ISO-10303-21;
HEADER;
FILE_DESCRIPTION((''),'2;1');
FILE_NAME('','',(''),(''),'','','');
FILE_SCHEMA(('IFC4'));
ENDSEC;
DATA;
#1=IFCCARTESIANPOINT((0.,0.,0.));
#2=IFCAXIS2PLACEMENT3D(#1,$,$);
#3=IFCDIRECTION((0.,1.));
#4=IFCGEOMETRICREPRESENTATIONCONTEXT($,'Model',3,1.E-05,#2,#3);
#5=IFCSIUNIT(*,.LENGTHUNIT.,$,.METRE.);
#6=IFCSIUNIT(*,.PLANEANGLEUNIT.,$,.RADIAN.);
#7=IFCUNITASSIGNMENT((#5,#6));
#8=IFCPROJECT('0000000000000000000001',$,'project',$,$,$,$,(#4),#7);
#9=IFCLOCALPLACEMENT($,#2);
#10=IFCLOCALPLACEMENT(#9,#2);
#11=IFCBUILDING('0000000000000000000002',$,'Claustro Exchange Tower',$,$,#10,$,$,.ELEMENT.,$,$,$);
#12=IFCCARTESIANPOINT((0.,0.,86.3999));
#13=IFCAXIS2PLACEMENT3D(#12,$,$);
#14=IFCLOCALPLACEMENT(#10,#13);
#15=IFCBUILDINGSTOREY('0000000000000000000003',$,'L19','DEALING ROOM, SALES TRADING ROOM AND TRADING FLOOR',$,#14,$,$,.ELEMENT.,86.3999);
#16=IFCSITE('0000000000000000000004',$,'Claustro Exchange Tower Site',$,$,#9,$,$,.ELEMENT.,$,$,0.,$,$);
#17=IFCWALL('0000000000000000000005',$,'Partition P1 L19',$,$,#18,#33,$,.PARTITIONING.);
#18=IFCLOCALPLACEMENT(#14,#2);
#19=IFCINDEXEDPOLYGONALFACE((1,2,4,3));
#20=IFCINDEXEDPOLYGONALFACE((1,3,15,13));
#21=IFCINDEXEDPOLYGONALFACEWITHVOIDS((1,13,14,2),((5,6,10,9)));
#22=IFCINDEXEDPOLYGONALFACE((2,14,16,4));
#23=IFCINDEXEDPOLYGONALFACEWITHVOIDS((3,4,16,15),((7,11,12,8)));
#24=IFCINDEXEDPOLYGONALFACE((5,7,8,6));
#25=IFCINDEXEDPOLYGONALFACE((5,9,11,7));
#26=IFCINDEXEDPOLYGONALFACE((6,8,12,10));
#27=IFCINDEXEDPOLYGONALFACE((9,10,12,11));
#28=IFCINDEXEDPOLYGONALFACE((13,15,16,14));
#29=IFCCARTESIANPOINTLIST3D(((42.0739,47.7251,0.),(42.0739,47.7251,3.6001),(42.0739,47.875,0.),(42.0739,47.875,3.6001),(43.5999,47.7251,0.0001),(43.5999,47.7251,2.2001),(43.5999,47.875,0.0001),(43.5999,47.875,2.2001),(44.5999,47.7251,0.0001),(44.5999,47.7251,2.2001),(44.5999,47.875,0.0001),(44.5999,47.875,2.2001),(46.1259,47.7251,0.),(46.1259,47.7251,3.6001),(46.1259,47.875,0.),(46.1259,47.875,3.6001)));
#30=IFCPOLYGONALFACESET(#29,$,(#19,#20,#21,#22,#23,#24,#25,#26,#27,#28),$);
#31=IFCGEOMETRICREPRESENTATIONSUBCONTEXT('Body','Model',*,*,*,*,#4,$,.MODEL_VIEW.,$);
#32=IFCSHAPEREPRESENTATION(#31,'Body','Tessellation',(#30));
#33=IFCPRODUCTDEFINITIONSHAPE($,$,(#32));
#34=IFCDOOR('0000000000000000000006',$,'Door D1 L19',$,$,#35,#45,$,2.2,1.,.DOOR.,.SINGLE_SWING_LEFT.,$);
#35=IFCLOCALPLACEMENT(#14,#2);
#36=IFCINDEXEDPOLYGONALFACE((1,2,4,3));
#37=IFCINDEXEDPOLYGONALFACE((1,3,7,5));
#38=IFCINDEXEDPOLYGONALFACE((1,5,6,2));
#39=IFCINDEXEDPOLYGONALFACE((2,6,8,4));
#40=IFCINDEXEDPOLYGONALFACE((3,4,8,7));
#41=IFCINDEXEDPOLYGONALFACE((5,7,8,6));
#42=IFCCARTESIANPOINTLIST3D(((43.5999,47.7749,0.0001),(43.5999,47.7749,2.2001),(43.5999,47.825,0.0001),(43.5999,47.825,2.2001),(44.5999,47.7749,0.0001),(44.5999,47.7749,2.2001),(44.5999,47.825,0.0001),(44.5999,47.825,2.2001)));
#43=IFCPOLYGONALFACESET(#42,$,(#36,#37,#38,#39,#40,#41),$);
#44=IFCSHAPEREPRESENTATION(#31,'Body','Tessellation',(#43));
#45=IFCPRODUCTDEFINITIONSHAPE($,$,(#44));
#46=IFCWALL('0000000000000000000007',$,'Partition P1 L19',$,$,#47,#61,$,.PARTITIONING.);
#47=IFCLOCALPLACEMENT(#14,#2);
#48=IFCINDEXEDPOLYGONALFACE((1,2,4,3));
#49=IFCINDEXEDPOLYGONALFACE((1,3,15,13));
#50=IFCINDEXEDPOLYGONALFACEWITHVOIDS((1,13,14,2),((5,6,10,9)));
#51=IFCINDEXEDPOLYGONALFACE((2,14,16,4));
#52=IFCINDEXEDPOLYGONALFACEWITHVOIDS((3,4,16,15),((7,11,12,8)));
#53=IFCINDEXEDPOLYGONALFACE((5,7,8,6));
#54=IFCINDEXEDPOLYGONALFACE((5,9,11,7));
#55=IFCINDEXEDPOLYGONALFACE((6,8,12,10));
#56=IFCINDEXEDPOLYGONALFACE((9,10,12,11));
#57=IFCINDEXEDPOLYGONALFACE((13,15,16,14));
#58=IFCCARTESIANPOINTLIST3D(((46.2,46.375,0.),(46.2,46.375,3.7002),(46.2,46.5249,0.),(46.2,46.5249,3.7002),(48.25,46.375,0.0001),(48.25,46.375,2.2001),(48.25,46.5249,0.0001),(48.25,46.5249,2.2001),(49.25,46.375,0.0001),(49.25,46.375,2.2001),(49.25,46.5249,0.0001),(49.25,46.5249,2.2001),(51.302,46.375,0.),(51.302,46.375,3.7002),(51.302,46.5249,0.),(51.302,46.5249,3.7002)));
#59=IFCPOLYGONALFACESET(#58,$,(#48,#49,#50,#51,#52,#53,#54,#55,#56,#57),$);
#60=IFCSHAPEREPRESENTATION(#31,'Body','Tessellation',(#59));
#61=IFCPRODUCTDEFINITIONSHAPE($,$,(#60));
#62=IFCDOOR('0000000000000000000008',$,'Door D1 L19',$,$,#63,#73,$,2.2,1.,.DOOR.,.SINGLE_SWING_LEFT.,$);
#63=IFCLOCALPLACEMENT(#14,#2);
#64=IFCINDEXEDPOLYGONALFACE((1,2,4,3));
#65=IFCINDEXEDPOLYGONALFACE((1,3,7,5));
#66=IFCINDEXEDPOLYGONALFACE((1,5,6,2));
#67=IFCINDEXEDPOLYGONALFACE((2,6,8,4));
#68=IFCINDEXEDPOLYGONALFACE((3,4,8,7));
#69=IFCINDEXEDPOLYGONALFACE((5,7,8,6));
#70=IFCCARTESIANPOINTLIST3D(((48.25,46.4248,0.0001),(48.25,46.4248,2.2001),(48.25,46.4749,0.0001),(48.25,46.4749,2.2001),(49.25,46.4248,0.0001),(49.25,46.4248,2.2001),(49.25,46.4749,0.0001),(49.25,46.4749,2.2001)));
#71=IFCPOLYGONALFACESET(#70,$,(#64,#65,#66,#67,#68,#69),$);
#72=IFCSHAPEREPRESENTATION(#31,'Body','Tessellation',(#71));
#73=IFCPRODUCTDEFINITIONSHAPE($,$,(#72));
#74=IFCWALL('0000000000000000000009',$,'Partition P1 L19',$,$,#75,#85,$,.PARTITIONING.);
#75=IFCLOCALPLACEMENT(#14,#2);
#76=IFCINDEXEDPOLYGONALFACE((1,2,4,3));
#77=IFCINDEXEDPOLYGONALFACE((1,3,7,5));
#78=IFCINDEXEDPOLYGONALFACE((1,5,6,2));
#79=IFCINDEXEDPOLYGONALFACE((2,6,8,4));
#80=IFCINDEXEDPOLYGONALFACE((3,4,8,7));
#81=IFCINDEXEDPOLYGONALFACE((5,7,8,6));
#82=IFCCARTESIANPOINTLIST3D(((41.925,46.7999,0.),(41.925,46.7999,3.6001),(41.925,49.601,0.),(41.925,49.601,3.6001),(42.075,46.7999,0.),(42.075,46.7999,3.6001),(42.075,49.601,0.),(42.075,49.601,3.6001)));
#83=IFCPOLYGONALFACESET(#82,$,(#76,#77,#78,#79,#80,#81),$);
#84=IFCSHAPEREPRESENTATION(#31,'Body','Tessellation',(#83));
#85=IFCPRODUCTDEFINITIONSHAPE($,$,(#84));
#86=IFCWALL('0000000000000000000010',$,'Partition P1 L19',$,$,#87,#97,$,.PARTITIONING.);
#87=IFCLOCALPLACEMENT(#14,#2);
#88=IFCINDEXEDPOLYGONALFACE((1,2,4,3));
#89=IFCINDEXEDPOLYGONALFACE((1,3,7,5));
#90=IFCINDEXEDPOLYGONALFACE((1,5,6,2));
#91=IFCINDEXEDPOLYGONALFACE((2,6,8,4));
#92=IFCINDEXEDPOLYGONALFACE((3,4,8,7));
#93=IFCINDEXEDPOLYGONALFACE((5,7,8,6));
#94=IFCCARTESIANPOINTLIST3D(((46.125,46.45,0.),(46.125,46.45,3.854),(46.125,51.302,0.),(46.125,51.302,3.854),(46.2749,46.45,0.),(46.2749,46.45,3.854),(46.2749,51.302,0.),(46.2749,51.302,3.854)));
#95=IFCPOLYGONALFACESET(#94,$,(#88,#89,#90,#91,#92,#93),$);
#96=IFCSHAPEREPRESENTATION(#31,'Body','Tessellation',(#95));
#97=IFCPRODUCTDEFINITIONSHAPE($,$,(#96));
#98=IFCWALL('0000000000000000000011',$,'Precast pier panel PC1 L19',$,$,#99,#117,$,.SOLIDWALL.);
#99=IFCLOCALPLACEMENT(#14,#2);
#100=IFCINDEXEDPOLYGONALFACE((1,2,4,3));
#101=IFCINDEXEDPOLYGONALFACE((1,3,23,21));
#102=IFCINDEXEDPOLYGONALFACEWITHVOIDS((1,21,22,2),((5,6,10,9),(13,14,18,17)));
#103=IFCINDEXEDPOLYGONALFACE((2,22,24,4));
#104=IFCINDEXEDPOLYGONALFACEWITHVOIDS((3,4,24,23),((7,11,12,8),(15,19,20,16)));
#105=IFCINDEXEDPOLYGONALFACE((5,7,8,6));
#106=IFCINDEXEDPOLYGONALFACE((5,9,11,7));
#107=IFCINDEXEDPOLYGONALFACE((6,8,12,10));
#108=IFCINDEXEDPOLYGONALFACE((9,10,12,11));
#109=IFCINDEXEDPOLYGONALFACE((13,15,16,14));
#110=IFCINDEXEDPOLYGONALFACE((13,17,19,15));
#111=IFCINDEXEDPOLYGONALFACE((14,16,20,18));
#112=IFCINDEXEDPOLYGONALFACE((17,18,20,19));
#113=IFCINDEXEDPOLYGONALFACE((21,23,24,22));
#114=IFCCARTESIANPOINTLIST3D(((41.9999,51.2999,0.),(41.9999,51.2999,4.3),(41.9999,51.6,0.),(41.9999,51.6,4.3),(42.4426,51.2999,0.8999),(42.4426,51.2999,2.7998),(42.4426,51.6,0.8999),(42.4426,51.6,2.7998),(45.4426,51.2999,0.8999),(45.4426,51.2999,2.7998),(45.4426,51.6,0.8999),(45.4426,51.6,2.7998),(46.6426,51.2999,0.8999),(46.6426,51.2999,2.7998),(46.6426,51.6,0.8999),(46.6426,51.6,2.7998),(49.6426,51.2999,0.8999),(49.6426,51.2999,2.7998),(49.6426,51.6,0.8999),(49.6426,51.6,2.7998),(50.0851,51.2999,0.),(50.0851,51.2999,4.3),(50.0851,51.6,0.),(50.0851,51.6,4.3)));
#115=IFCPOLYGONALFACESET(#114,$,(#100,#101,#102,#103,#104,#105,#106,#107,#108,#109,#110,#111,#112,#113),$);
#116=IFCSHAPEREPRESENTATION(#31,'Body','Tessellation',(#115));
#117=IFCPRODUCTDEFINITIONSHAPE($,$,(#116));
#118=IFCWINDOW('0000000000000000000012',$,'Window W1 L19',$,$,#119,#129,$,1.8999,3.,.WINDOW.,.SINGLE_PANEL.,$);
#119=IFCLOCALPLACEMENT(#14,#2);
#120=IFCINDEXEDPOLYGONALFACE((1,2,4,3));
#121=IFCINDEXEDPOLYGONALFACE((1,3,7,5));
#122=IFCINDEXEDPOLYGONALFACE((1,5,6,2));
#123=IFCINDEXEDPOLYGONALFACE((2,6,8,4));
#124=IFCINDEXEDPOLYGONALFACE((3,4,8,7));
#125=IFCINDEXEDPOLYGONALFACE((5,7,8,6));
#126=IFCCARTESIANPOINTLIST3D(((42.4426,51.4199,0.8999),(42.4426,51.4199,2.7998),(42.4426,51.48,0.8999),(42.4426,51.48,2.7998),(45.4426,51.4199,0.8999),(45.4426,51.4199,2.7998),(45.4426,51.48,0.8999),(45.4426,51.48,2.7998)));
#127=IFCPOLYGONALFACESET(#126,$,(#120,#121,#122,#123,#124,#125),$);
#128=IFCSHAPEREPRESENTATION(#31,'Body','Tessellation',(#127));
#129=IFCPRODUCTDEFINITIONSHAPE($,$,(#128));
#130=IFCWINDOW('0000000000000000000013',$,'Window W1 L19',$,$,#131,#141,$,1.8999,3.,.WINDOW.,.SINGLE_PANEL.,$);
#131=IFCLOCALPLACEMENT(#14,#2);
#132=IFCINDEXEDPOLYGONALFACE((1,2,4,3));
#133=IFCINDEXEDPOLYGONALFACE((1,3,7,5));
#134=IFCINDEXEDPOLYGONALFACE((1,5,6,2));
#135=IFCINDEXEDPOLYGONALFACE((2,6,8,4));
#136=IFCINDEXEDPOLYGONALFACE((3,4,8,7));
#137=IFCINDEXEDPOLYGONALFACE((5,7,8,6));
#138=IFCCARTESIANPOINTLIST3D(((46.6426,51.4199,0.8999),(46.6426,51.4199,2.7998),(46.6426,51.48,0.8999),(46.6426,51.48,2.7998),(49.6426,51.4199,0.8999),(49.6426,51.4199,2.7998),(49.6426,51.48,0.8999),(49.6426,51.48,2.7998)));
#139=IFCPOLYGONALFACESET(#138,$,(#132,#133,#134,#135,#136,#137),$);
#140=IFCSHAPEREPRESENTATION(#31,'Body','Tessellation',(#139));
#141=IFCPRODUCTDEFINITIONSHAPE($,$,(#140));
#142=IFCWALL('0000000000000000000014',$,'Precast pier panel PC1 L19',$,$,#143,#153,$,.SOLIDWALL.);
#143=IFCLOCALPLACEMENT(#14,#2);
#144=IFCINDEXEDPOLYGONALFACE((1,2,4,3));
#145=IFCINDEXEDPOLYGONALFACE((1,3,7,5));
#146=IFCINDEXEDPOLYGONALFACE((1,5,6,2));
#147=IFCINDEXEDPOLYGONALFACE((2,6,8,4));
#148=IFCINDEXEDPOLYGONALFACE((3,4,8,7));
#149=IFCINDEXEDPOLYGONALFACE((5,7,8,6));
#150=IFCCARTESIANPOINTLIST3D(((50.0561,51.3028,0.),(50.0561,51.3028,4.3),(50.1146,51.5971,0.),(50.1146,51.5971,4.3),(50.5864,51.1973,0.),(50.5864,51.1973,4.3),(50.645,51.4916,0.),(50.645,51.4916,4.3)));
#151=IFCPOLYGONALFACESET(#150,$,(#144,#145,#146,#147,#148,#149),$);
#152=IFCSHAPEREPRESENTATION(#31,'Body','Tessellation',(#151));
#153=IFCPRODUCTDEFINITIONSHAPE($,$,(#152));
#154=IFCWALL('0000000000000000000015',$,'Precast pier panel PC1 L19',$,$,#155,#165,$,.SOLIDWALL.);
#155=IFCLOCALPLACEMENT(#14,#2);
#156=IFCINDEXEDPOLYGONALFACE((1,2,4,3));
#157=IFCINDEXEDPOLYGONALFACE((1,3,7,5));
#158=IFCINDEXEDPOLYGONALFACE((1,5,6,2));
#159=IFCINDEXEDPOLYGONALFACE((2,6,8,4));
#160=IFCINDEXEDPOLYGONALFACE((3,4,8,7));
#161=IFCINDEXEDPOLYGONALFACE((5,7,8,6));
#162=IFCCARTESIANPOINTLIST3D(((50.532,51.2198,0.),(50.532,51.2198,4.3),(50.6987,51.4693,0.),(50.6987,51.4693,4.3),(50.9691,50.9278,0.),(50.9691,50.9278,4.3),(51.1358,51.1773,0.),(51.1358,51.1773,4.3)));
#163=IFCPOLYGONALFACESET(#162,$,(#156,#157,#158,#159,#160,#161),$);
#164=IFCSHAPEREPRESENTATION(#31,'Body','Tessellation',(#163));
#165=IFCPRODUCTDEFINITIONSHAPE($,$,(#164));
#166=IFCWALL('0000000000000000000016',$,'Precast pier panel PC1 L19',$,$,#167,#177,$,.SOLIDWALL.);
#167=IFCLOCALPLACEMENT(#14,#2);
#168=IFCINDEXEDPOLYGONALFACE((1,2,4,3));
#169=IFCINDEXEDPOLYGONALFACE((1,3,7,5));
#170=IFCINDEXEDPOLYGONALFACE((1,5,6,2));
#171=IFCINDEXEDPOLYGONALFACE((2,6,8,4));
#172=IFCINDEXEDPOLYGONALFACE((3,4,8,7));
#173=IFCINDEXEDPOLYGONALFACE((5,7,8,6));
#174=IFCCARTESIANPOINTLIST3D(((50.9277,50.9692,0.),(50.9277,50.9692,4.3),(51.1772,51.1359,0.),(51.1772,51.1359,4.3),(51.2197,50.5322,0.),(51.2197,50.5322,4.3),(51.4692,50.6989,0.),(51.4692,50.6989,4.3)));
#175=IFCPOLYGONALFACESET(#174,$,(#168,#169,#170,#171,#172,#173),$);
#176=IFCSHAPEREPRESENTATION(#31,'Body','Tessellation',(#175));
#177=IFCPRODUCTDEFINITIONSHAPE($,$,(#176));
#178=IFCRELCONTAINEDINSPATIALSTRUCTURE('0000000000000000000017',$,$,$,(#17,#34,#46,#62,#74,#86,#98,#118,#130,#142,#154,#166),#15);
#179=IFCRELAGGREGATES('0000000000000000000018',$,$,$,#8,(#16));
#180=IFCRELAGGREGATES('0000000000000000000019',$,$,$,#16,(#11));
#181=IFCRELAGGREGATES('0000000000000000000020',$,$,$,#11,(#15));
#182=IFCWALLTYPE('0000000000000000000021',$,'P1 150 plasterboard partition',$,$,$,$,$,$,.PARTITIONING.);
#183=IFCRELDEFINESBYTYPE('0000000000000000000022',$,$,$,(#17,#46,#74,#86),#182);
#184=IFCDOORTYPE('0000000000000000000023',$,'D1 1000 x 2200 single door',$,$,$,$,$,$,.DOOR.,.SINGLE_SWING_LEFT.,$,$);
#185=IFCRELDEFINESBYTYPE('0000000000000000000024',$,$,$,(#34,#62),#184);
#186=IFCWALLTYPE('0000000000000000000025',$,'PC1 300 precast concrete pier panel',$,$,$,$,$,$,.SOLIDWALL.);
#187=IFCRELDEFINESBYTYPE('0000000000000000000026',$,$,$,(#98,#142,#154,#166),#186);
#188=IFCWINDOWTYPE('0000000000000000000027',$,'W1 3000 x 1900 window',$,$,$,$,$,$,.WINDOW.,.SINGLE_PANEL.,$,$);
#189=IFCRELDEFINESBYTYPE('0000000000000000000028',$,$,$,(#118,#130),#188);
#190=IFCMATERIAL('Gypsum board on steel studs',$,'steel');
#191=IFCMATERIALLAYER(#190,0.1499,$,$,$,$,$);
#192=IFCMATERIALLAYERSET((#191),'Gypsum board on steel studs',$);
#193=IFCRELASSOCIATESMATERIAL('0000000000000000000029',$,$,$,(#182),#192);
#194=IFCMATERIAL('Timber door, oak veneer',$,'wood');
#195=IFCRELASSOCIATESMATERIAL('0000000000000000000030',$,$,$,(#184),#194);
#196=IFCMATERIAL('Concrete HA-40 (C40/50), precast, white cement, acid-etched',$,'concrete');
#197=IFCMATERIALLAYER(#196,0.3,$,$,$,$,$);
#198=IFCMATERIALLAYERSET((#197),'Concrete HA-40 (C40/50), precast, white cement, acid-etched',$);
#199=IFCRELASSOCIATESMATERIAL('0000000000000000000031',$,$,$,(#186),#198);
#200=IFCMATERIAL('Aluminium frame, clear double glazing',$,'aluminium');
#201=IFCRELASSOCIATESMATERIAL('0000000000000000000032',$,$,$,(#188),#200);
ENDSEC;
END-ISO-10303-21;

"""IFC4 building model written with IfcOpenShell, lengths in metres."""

from ifc_helpers import new_model, si_unit, direction, frame, frame_2d, origin, place, context, subcontext, project, spatial, rectangle, extrude, material, layer, layer_set, type_object, element, fill, save


model = new_model("IFC4")

# Units and contexts
model_context = context("Model", 3, precision=1e-05, world=origin(), true_north=direction((0.0, 1.0)))
body_context = subcontext(model_context, "Body", "Model", "MODEL_VIEW")
ifc_project = project(units=[si_unit("LENGTHUNIT", "METRE"), si_unit("PLANEANGLEUNIT", "RADIAN")], contexts=[model_context])

# Site, building, storey
site_placement = place(None, origin())
site = spatial("IfcSite", under=ifc_project, at=site_placement, Name="Claustro Exchange Tower Site", CompositionType="ELEMENT", RefElevation=0.0)
building_placement = place(site_placement, origin())
building = spatial("IfcBuilding", under=site, at=building_placement, Name="Claustro Exchange Tower", CompositionType="ELEMENT")
storey_placement = place(building_placement, frame((0.0, 0.0, 86.3999)))
storey = spatial("IfcBuildingStorey", under=building, at=storey_placement, Name="L19", Description="DEALING ROOM, SALES TRADING ROOM AND TRADING FLOOR", CompositionType="ELEMENT", Elevation=86.3999)

# Walls, openings, doors
ifc_material_1 = material(Name="Gypsum board on steel studs", Category="steel")
ifc_layer_1 = layer(ifc_material_1, 0.1499)
ifc_layer_set_1 = layer_set([ifc_layer_1], Name="Gypsum board on steel studs")
wall_type_1 = type_object("IfcWallType", Name="P1 150 plasterboard partition", PredefinedType="PARTITIONING", material=ifc_layer_set_1)
wall_1_placement = place(storey_placement, frame((42.074, 47.8, 0.0), z_axis=(0.0, 0.0, 1.0), x_axis=(1.0, 0.0, 0.0)))
wall_1 = element("IfcWall", 1, at=wall_1_placement, inside=storey, type_object=wall_type_1, Name="Partition P1 L19", PredefinedType="PARTITIONING", context=body_context, shape_type="SweptSolid", body=[
    extrude(rectangle(XDim=4.052, YDim=0.1499, at=frame_2d((2.0259, 0.0))), origin(), (0.0, 0.0, 1.0), 3.6001),
])
opening_1_placement = place(wall_1_placement, frame((1.5259, 0.0, 0.0)))
opening_1 = element("IfcOpeningElement", 2, at=opening_1_placement, cuts=wall_1, PredefinedType="OPENING", context=body_context, shape_type="SweptSolid", body=[
    extrude(rectangle(XDim=1.0, YDim=2.2, at=frame_2d((0.5, 1.1001))), frame((0.0, 0.085, 0.0), z_axis=(0.0, -1.0, 0.0), x_axis=(1.0, 0.0, 0.0)), (0.0, 0.0, 1.0), 0.1699),
])
ifc_material_2 = material(Name="Timber door, oak veneer", Category="wood")
door_type = type_object("IfcDoorType", Name="D1 1000 x 2200 single door", OperationType="SINGLE_SWING_LEFT", PredefinedType="DOOR", material=ifc_material_2)
door_1_placement = place(opening_1_placement, origin())
door_1 = element("IfcDoor", 3, at=door_1_placement, inside=storey, type_object=door_type, Name="Door D1 L19", OperationType="SINGLE_SWING_LEFT", OverallHeight=2.2, OverallWidth=1.0, PredefinedType="DOOR", context=body_context, shape_type="SweptSolid", body=[
    extrude(rectangle(XDim=1.0, YDim=2.2, at=frame_2d((0.5, 1.1001))), frame((0.0, 0.0249, 0.0), z_axis=(0.0, -1.0, 0.0), x_axis=(1.0, 0.0, 0.0)), (0.0, 0.0, 1.0), 0.05),
])
fill(opening_1, door_1)
wall_2_placement = place(storey_placement, frame((46.2, 46.45, 0.0), z_axis=(0.0, 0.0, 1.0), x_axis=(1.0, 0.0, 0.0)))
wall_2 = element("IfcWall", 4, at=wall_2_placement, inside=storey, type_object=wall_type_1, Name="Partition P1 L19", PredefinedType="PARTITIONING", context=body_context, shape_type="SweptSolid", body=[
    extrude(rectangle(XDim=5.1021, YDim=0.1499, at=frame_2d((2.551, 0.0))), origin(), (0.0, 0.0, 1.0), 3.7002),
])
opening_2_placement = place(wall_2_placement, frame((2.05, 0.0, 0.0)))
opening_2 = element("IfcOpeningElement", 5, at=opening_2_placement, cuts=wall_2, PredefinedType="OPENING", context=body_context, shape_type="SweptSolid", body=[
    extrude(rectangle(XDim=1.0, YDim=2.2, at=frame_2d((0.5, 1.1001))), frame((0.0, 0.085, 0.0), z_axis=(0.0, -1.0, 0.0), x_axis=(1.0, 0.0, 0.0)), (0.0, 0.0, 1.0), 0.1699),
])
door_2_placement = place(opening_2_placement, origin())
door_2 = element("IfcDoor", 6, at=door_2_placement, inside=storey, type_object=door_type, Name="Door D1 L19", OperationType="SINGLE_SWING_LEFT", OverallHeight=2.2, OverallWidth=1.0, PredefinedType="DOOR", context=body_context, shape_type="SweptSolid", body=[
    extrude(rectangle(XDim=1.0, YDim=2.2, at=frame_2d((0.5, 1.1001))), frame((0.0, 0.0249, 0.0), z_axis=(0.0, -1.0, 0.0), x_axis=(1.0, 0.0, 0.0)), (0.0, 0.0, 1.0), 0.05),
])
fill(opening_2, door_2)

# Walls
wall_3_placement = place(storey_placement, frame((42.0, 46.8, 0.0), z_axis=(0.0, 0.0, 1.0), x_axis=(0.0, 1.0, 0.0)))
element("IfcWall", 7, at=wall_3_placement, inside=storey, type_object=wall_type_1, Name="Partition P1 L19", PredefinedType="PARTITIONING", context=body_context, shape_type="SweptSolid", body=[
    extrude(rectangle(XDim=2.801, YDim=0.1499, at=frame_2d((1.4004, 0.0))), origin(), (0.0, 0.0, 1.0), 3.6001),
])
wall_4_placement = place(storey_placement, frame((46.2, 46.45, 0.0), z_axis=(0.0, 0.0, 1.0), x_axis=(0.0, 1.0, 0.0)))
element("IfcWall", 8, at=wall_4_placement, inside=storey, type_object=wall_type_1, Name="Partition P1 L19", PredefinedType="PARTITIONING", context=body_context, shape_type="SweptSolid", body=[
    extrude(rectangle(XDim=4.8521, YDim=0.1499, at=frame_2d((2.426, 0.0))), origin(), (0.0, 0.0, 1.0), 3.854),
])

# Wall, openings, windows
ifc_material_3 = material(Name="Concrete HA-40 (C40/50), precast, white cement, acid-etched", Category="concrete")
ifc_layer_2 = layer(ifc_material_3, 0.3)
ifc_layer_set_2 = layer_set([ifc_layer_2], Name="Concrete HA-40 (C40/50), precast, white cement, acid-etched")
wall_type_2 = type_object("IfcWallType", Name="PC1 300 precast concrete pier panel", PredefinedType="SOLIDWALL", material=ifc_layer_set_2)
wall_5_placement = place(storey_placement, frame((42.0, 51.45, 0.0), z_axis=(0.0, 0.0, 1.0), x_axis=(1.0, 0.0, 0.0)))
wall_5 = element("IfcWall", 9, at=wall_5_placement, inside=storey, type_object=wall_type_2, Name="Precast pier panel PC1 L19", PredefinedType="SOLIDWALL", context=body_context, shape_type="SweptSolid", body=[
    extrude(rectangle(XDim=8.0852, YDim=0.3, at=frame_2d((4.0425, 0.0))), origin(), (0.0, 0.0, 1.0), 4.3),
])
opening_3_placement = place(wall_5_placement, frame((0.4426, 0.0, 0.8999)))
opening_3 = element("IfcOpeningElement", 10, at=opening_3_placement, cuts=wall_5, PredefinedType="OPENING", context=body_context, shape_type="SweptSolid", body=[
    extrude(rectangle(XDim=3.0, YDim=1.8999, at=frame_2d((1.5, 0.95))), frame((0.0, 0.1599, 0.0), z_axis=(0.0, -1.0, 0.0), x_axis=(1.0, 0.0, 0.0)), (0.0, 0.0, 1.0), 0.3201),
])
opening_4_placement = place(wall_5_placement, frame((4.6426, 0.0, 0.8999)))
opening_4 = element("IfcOpeningElement", 11, at=opening_4_placement, cuts=wall_5, PredefinedType="OPENING", context=body_context, shape_type="SweptSolid", body=[
    extrude(rectangle(XDim=3.0, YDim=1.8999, at=frame_2d((1.5, 0.95))), frame((0.0, 0.1599, 0.0), z_axis=(0.0, -1.0, 0.0), x_axis=(1.0, 0.0, 0.0)), (0.0, 0.0, 1.0), 0.3201),
])
ifc_material_4 = material(Name="Aluminium frame, clear double glazing", Category="aluminium")
window_type_1 = type_object("IfcWindowType", Name="W1 3000 x 1900 window", PartitioningType="SINGLE_PANEL", PredefinedType="WINDOW", material=ifc_material_4)
window_1_placement = place(opening_3_placement, origin())
window_1 = element("IfcWindow", 12, at=window_1_placement, inside=storey, type_object=window_type_1, Name="Window W1 L19", OverallHeight=1.8999, OverallWidth=3.0, PartitioningType="SINGLE_PANEL", PredefinedType="WINDOW", context=body_context, shape_type="SweptSolid", body=[
    extrude(rectangle(XDim=3.0, YDim=1.8999, at=frame_2d((1.5, 0.95))), frame((0.0, 0.03, 0.0), z_axis=(0.0, -1.0, 0.0), x_axis=(1.0, 0.0, 0.0)), (0.0, 0.0, 1.0), 0.0601),
])
fill(opening_3, window_1)
window_2_placement = place(opening_4_placement, origin())
window_2 = element("IfcWindow", 13, at=window_2_placement, inside=storey, type_object=window_type_1, Name="Window W1 L19", OverallHeight=1.8999, OverallWidth=3.0, PartitioningType="SINGLE_PANEL", PredefinedType="WINDOW", context=body_context, shape_type="SweptSolid", body=[
    extrude(rectangle(XDim=3.0, YDim=1.8999, at=frame_2d((1.5, 0.95))), frame((0.0, 0.03, 0.0), z_axis=(0.0, -1.0, 0.0), x_axis=(1.0, 0.0, 0.0)), (0.0, 0.0, 1.0), 0.0601),
])
fill(opening_4, window_2)

# Walls
wall_6_placement = place(storey_placement, frame((50.0852, 51.45, 0.0), z_axis=(0.0, 0.0, 1.0), x_axis=(0.980789, -0.195074, 0.0)))
element("IfcWall", 14, at=wall_6_placement, inside=storey, type_object=wall_type_2, Name="Precast pier panel PC1 L19", PredefinedType="SOLIDWALL", context=body_context, shape_type="SweptSolid", body=[
    extrude(rectangle(XDim=0.5408, YDim=0.3, at=frame_2d((0.2705, 0.0))), origin(), (0.0, 0.0, 1.0), 4.3),
])
for number, where, z_axis, x_axis, name in (
    (15, (50.6155, 51.3445, 0.0), (0.0, 0.0, 1.0), (0.831478, -0.555557, 0.0), "Precast pier panel PC1 L19"),
    (16, (51.0525, 51.0525, 0.0), (0.0, 0.0, 1.0), (0.555557, -0.831478, 0.0), "Precast pier panel PC1 L19"),
):
    element("IfcWall", number, at=place(storey_placement, frame(where, z_axis=z_axis, x_axis=x_axis)), inside=storey, type_object=wall_type_2, Name=name, PredefinedType="SOLIDWALL", context=body_context, shape_type="SweptSolid", body=[
        extrude(rectangle(XDim=0.5256, YDim=0.3, at=frame_2d((0.2627, 0.0))), origin(), (0.0, 0.0, 1.0), 4.3),
    ])

save(model, "model.ifc")
